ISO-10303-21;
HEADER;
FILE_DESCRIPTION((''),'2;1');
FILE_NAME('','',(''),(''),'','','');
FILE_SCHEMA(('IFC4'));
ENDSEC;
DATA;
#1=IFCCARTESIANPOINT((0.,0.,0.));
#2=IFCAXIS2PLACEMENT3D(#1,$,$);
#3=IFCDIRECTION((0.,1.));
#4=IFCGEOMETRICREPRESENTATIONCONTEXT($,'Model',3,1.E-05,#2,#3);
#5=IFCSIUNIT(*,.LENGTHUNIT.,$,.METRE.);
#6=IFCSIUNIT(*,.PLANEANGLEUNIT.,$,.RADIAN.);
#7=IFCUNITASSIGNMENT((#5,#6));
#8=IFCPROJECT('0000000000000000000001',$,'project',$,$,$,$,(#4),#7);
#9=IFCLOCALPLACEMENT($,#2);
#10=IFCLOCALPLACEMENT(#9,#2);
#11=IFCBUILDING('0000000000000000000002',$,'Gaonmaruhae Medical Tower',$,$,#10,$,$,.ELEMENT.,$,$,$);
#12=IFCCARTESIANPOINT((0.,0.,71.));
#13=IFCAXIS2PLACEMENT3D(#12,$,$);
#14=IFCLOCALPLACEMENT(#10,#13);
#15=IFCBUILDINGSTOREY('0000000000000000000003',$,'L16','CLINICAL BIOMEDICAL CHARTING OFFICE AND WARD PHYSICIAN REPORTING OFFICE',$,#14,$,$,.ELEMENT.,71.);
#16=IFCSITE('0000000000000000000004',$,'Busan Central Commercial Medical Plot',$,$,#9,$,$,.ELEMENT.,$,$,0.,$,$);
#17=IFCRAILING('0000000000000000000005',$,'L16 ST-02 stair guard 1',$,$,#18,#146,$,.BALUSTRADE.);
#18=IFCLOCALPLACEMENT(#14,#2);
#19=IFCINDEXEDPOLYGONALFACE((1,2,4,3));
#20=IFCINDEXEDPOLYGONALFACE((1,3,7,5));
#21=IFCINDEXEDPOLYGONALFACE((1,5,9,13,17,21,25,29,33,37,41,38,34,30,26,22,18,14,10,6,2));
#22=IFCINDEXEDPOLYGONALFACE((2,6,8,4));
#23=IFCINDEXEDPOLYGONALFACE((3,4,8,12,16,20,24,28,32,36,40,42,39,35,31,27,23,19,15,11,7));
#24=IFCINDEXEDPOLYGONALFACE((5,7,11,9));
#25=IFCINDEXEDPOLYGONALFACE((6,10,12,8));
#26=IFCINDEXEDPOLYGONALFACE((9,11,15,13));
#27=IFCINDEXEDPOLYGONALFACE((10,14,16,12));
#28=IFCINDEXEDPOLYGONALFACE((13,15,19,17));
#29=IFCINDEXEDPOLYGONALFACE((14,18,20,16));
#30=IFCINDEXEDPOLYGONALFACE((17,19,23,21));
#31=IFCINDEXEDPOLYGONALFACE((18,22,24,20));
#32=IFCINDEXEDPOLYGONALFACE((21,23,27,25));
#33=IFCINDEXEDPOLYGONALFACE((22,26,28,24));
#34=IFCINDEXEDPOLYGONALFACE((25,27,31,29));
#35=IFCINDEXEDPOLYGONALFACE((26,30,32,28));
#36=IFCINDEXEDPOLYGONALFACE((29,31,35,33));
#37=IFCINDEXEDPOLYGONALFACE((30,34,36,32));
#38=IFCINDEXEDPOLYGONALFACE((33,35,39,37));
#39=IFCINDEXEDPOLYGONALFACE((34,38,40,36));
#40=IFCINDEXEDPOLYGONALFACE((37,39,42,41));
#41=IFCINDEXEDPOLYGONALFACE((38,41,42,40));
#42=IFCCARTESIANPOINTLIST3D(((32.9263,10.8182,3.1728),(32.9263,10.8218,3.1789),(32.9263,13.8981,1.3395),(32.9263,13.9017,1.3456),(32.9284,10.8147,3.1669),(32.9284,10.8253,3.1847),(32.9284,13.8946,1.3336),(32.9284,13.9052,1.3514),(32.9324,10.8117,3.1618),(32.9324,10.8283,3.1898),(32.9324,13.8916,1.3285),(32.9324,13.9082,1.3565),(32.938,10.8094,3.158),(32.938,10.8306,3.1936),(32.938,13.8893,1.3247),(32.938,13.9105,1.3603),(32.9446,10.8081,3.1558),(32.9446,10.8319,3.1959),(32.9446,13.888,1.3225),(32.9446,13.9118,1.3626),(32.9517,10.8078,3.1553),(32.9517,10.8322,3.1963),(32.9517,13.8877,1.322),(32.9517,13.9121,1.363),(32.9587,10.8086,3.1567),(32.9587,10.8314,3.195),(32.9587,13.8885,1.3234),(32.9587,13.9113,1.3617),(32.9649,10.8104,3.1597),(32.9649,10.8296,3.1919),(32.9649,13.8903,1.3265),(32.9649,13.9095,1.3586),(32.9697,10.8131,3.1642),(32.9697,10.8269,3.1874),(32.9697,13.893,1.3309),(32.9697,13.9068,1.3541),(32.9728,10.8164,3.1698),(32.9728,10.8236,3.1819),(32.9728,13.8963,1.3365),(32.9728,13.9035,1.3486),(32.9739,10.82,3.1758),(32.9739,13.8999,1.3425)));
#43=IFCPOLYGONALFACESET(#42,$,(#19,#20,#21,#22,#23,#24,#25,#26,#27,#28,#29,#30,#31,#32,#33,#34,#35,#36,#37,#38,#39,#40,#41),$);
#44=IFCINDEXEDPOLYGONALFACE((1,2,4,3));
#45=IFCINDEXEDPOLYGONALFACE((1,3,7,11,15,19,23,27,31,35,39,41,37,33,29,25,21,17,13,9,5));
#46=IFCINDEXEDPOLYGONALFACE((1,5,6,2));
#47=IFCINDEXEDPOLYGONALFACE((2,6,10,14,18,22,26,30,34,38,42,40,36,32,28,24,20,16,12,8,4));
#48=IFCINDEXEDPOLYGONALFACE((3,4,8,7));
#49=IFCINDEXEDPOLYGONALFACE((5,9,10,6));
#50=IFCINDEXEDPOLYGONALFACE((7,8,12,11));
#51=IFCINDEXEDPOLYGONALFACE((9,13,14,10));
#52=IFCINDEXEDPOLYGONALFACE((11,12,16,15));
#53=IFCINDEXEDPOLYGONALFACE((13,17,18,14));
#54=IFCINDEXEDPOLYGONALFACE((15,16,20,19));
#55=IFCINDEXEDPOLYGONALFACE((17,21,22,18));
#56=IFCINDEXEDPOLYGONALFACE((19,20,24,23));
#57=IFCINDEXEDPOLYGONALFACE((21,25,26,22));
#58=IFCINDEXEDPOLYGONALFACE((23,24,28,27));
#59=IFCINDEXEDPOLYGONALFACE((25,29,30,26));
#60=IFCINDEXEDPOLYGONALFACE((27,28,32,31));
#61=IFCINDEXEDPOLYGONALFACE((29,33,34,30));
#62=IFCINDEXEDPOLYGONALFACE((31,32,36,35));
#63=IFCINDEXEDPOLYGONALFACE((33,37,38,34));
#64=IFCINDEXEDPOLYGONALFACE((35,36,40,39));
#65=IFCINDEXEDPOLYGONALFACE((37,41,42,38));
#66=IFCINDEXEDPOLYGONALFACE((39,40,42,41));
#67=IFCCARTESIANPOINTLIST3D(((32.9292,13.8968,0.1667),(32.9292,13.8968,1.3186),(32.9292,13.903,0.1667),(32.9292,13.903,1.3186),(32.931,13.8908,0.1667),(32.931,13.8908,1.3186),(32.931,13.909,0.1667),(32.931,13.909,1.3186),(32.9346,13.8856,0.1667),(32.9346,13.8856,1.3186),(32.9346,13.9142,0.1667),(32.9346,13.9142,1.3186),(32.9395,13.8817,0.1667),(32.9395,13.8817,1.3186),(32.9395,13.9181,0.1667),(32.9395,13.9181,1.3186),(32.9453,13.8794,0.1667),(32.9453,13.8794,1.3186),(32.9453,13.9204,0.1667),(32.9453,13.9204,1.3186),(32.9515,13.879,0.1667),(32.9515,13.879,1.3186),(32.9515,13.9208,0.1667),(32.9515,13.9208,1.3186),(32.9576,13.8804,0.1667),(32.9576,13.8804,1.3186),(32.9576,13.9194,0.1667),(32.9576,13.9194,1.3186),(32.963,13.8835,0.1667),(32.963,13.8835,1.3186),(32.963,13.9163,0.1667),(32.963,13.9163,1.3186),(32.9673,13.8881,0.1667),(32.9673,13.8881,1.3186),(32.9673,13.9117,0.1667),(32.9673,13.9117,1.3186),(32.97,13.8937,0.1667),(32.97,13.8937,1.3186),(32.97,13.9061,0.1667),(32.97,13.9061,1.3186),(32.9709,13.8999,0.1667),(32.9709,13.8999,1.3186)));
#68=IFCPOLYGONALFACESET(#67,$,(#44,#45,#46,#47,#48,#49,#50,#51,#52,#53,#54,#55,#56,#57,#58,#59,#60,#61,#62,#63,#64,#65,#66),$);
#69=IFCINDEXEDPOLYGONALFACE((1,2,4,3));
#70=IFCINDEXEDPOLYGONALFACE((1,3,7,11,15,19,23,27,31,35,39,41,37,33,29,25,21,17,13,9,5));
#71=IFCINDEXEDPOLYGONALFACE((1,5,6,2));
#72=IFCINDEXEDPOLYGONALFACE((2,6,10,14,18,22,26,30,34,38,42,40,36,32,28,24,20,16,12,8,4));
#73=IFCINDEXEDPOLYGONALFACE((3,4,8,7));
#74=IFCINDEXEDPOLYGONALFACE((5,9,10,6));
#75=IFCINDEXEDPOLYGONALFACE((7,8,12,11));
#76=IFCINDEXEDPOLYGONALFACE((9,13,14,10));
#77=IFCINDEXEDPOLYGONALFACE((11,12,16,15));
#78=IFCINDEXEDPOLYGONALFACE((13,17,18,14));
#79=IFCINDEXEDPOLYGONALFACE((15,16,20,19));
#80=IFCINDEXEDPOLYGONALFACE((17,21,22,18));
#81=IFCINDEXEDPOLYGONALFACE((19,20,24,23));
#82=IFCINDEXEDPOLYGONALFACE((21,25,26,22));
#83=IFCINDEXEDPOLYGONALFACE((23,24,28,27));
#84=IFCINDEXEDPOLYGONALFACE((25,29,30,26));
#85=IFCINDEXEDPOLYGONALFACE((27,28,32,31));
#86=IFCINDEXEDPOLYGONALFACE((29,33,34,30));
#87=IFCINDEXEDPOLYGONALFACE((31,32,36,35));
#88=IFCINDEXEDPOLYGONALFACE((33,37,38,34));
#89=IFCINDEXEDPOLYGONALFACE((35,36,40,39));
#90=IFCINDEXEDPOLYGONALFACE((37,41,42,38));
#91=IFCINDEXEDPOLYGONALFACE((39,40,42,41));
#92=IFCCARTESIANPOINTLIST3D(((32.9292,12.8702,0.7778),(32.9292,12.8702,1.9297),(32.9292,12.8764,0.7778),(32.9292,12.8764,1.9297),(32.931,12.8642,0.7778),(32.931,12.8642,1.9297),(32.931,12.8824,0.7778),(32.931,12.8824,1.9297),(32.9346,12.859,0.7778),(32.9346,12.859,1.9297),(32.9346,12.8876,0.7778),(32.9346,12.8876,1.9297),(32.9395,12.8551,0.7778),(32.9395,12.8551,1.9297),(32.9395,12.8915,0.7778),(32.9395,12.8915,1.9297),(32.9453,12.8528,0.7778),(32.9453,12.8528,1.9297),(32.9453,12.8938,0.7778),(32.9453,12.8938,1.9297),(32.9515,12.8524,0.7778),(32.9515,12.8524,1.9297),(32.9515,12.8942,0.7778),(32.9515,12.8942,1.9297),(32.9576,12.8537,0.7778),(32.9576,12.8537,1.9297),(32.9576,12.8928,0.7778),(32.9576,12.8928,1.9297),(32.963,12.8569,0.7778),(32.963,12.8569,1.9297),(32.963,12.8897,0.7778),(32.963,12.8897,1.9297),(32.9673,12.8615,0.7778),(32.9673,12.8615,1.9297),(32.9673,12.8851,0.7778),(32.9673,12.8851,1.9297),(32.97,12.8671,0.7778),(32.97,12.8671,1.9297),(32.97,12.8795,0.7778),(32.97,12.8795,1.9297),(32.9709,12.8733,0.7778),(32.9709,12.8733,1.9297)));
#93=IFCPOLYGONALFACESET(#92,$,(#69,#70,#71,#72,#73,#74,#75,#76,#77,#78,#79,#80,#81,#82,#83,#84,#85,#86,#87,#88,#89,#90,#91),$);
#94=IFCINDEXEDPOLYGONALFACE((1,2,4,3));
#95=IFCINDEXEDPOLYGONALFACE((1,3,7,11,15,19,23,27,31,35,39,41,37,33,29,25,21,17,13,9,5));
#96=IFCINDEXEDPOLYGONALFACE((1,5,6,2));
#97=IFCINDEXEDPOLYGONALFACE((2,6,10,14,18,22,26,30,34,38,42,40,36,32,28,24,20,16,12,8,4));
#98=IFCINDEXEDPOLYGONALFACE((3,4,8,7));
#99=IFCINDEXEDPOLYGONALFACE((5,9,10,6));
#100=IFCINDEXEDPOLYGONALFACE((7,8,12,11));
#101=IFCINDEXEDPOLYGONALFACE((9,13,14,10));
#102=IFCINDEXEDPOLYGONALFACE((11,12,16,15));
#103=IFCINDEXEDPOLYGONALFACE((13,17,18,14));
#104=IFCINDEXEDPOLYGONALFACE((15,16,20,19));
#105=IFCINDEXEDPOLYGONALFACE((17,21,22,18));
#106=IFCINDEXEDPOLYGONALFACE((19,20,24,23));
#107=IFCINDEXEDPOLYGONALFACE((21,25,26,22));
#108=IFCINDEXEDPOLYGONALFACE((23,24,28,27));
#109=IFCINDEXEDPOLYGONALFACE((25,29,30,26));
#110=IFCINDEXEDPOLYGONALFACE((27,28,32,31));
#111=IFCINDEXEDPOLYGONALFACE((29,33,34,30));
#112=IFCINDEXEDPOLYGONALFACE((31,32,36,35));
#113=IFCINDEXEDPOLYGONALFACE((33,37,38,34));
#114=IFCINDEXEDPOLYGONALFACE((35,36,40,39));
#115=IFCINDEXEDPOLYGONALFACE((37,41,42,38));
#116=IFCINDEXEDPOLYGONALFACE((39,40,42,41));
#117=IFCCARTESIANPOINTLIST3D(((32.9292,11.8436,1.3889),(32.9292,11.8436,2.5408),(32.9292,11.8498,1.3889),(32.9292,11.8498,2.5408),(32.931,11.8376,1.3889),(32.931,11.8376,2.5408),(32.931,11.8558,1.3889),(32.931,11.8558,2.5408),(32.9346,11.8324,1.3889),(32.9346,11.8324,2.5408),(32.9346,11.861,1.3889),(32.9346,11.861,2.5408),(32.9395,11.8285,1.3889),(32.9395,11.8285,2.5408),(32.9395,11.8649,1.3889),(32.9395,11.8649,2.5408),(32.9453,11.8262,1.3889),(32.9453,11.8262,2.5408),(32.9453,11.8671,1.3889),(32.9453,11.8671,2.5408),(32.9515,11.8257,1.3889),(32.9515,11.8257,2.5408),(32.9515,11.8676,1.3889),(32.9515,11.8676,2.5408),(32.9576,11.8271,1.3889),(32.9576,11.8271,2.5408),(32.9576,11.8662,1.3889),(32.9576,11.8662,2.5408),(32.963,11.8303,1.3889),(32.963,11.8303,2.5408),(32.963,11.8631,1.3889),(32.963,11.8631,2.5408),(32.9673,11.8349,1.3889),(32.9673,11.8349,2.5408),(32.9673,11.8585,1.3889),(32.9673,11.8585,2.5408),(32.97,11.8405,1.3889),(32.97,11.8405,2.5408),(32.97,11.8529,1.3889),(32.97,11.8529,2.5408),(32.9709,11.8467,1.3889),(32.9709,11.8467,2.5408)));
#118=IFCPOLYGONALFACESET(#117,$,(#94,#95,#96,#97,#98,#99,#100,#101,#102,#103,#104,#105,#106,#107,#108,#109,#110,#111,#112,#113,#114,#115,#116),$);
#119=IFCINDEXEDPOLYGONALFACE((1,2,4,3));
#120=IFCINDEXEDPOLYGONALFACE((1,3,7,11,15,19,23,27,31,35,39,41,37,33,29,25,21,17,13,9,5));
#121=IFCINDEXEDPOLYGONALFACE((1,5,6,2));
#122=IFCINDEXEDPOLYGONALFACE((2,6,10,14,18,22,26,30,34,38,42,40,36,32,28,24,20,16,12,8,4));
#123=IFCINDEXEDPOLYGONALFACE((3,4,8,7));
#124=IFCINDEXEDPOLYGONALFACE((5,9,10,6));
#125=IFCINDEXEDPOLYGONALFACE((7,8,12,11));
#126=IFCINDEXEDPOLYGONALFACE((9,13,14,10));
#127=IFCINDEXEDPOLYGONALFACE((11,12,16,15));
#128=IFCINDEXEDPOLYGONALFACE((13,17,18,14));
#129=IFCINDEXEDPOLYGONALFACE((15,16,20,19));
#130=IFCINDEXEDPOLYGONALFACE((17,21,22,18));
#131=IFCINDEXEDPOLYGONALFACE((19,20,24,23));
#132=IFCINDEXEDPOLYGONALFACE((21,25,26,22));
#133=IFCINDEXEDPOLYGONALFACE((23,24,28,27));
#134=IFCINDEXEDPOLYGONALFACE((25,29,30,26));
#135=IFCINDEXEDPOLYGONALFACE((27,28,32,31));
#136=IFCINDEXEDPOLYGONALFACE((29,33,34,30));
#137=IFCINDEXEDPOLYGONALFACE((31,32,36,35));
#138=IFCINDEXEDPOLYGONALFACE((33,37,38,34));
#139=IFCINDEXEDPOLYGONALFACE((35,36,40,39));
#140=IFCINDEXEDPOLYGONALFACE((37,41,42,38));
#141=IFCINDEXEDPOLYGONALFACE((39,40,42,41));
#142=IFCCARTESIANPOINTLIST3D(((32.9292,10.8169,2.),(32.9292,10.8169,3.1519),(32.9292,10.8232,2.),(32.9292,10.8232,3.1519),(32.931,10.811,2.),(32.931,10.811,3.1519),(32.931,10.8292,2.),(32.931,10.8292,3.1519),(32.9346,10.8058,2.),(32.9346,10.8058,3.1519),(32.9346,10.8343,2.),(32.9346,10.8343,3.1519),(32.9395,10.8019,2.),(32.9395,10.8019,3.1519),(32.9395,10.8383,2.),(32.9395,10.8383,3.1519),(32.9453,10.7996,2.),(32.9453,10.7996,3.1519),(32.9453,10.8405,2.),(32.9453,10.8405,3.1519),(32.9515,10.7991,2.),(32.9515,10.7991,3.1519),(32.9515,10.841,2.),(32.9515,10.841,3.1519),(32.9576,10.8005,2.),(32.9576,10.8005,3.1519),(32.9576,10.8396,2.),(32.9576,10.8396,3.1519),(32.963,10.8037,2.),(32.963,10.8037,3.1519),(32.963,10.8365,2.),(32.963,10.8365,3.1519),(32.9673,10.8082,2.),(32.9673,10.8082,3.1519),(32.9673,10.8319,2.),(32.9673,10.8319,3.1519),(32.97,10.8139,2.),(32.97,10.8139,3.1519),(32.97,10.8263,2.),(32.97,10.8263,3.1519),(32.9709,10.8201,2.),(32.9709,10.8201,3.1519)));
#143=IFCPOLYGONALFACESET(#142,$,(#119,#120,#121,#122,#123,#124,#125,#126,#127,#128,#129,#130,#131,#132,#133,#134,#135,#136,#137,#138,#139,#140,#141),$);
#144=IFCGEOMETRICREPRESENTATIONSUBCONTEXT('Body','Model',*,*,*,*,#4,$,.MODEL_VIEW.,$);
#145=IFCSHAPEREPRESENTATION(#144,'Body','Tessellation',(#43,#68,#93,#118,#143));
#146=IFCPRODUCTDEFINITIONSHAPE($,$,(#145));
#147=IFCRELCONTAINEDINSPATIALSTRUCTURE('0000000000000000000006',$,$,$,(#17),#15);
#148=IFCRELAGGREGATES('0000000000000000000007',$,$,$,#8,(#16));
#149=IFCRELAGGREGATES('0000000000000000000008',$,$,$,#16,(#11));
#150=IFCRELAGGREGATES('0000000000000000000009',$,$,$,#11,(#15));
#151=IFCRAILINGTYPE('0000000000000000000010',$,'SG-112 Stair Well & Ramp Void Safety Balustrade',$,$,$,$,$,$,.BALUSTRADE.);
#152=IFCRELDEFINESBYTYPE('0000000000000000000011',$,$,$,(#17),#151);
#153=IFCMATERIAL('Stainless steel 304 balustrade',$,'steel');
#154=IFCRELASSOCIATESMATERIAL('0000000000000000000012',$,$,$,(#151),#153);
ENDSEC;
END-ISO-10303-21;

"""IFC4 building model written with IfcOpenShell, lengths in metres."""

from ifc_helpers import new_model, si_unit, direction, frame, origin, origin_2d, place, context, subcontext, project, spatial, circle, extrude, material, type_object, element, save


model = new_model("IFC4")

# Units and contexts
model_context = context("Model", 3, precision=1e-05, world=origin(), true_north=direction((0.0, 1.0)))
body_context = subcontext(model_context, "Body", "Model", "MODEL_VIEW")
ifc_project = project(units=[si_unit("LENGTHUNIT", "METRE"), si_unit("PLANEANGLEUNIT", "RADIAN")], contexts=[model_context])

# Site, building, storey
site_placement = place(None, origin())
site = spatial("IfcSite", under=ifc_project, at=site_placement, Name="Busan Central Commercial Medical Plot", CompositionType="ELEMENT", RefElevation=0.0)
building_placement = place(site_placement, origin())
building = spatial("IfcBuilding", under=site, at=building_placement, Name="Gaonmaruhae Medical Tower", CompositionType="ELEMENT")
storey_placement = place(building_placement, frame((0.0, 0.0, 71.0)))
storey = spatial("IfcBuildingStorey", under=building, at=storey_placement, Name="L16", Description="CLINICAL BIOMEDICAL CHARTING OFFICE AND WARD PHYSICIAN REPORTING OFFICE", CompositionType="ELEMENT", Elevation=71.0)

# Railing
ifc_material_1 = material(Name="Stainless steel 304 balustrade", Category="steel")
railing_type_1 = type_object("IfcRailingType", Name="SG-112 Stair Well & Ramp Void Safety Balustrade", PredefinedType="BALUSTRADE", material=ifc_material_1)
railing_1_placement = place(storey_placement, frame((32.95, 13.8999, 0.1667)))
element("IfcRailing", 1, at=railing_1_placement, inside=storey, type_object=railing_type_1, Name="L16 ST-02 stair guard 1", PredefinedType="BALUSTRADE", context=body_context, shape_type="SweptSolid", body=[
    extrude(circle(Radius=0.0239, at=origin_2d()), frame((0.0, 0.0, 1.1758), z_axis=(0.0, -0.859291, 0.511487), x_axis=(1.0, 0.0, 0.0)), (0.0, 0.0, 1.0), 3.5842),
    extrude(circle(Radius=0.021, at=origin_2d()), origin(), (0.0, 0.0, 1.0), 1.1519),
    extrude(circle(Radius=0.021, at=origin_2d()), frame((0.0, -1.0266, 0.6111)), (0.0, 0.0, 1.0), 1.1519),
    extrude(circle(Radius=0.021, at=origin_2d()), frame((0.0, -2.0532, 1.2222)), (0.0, 0.0, 1.0), 1.1519),
    extrude(circle(Radius=0.021, at=origin_2d()), frame((0.0, -3.0798, 1.8333)), (0.0, 0.0, 1.0), 1.1519),
])

save(model, "model.ifc")
